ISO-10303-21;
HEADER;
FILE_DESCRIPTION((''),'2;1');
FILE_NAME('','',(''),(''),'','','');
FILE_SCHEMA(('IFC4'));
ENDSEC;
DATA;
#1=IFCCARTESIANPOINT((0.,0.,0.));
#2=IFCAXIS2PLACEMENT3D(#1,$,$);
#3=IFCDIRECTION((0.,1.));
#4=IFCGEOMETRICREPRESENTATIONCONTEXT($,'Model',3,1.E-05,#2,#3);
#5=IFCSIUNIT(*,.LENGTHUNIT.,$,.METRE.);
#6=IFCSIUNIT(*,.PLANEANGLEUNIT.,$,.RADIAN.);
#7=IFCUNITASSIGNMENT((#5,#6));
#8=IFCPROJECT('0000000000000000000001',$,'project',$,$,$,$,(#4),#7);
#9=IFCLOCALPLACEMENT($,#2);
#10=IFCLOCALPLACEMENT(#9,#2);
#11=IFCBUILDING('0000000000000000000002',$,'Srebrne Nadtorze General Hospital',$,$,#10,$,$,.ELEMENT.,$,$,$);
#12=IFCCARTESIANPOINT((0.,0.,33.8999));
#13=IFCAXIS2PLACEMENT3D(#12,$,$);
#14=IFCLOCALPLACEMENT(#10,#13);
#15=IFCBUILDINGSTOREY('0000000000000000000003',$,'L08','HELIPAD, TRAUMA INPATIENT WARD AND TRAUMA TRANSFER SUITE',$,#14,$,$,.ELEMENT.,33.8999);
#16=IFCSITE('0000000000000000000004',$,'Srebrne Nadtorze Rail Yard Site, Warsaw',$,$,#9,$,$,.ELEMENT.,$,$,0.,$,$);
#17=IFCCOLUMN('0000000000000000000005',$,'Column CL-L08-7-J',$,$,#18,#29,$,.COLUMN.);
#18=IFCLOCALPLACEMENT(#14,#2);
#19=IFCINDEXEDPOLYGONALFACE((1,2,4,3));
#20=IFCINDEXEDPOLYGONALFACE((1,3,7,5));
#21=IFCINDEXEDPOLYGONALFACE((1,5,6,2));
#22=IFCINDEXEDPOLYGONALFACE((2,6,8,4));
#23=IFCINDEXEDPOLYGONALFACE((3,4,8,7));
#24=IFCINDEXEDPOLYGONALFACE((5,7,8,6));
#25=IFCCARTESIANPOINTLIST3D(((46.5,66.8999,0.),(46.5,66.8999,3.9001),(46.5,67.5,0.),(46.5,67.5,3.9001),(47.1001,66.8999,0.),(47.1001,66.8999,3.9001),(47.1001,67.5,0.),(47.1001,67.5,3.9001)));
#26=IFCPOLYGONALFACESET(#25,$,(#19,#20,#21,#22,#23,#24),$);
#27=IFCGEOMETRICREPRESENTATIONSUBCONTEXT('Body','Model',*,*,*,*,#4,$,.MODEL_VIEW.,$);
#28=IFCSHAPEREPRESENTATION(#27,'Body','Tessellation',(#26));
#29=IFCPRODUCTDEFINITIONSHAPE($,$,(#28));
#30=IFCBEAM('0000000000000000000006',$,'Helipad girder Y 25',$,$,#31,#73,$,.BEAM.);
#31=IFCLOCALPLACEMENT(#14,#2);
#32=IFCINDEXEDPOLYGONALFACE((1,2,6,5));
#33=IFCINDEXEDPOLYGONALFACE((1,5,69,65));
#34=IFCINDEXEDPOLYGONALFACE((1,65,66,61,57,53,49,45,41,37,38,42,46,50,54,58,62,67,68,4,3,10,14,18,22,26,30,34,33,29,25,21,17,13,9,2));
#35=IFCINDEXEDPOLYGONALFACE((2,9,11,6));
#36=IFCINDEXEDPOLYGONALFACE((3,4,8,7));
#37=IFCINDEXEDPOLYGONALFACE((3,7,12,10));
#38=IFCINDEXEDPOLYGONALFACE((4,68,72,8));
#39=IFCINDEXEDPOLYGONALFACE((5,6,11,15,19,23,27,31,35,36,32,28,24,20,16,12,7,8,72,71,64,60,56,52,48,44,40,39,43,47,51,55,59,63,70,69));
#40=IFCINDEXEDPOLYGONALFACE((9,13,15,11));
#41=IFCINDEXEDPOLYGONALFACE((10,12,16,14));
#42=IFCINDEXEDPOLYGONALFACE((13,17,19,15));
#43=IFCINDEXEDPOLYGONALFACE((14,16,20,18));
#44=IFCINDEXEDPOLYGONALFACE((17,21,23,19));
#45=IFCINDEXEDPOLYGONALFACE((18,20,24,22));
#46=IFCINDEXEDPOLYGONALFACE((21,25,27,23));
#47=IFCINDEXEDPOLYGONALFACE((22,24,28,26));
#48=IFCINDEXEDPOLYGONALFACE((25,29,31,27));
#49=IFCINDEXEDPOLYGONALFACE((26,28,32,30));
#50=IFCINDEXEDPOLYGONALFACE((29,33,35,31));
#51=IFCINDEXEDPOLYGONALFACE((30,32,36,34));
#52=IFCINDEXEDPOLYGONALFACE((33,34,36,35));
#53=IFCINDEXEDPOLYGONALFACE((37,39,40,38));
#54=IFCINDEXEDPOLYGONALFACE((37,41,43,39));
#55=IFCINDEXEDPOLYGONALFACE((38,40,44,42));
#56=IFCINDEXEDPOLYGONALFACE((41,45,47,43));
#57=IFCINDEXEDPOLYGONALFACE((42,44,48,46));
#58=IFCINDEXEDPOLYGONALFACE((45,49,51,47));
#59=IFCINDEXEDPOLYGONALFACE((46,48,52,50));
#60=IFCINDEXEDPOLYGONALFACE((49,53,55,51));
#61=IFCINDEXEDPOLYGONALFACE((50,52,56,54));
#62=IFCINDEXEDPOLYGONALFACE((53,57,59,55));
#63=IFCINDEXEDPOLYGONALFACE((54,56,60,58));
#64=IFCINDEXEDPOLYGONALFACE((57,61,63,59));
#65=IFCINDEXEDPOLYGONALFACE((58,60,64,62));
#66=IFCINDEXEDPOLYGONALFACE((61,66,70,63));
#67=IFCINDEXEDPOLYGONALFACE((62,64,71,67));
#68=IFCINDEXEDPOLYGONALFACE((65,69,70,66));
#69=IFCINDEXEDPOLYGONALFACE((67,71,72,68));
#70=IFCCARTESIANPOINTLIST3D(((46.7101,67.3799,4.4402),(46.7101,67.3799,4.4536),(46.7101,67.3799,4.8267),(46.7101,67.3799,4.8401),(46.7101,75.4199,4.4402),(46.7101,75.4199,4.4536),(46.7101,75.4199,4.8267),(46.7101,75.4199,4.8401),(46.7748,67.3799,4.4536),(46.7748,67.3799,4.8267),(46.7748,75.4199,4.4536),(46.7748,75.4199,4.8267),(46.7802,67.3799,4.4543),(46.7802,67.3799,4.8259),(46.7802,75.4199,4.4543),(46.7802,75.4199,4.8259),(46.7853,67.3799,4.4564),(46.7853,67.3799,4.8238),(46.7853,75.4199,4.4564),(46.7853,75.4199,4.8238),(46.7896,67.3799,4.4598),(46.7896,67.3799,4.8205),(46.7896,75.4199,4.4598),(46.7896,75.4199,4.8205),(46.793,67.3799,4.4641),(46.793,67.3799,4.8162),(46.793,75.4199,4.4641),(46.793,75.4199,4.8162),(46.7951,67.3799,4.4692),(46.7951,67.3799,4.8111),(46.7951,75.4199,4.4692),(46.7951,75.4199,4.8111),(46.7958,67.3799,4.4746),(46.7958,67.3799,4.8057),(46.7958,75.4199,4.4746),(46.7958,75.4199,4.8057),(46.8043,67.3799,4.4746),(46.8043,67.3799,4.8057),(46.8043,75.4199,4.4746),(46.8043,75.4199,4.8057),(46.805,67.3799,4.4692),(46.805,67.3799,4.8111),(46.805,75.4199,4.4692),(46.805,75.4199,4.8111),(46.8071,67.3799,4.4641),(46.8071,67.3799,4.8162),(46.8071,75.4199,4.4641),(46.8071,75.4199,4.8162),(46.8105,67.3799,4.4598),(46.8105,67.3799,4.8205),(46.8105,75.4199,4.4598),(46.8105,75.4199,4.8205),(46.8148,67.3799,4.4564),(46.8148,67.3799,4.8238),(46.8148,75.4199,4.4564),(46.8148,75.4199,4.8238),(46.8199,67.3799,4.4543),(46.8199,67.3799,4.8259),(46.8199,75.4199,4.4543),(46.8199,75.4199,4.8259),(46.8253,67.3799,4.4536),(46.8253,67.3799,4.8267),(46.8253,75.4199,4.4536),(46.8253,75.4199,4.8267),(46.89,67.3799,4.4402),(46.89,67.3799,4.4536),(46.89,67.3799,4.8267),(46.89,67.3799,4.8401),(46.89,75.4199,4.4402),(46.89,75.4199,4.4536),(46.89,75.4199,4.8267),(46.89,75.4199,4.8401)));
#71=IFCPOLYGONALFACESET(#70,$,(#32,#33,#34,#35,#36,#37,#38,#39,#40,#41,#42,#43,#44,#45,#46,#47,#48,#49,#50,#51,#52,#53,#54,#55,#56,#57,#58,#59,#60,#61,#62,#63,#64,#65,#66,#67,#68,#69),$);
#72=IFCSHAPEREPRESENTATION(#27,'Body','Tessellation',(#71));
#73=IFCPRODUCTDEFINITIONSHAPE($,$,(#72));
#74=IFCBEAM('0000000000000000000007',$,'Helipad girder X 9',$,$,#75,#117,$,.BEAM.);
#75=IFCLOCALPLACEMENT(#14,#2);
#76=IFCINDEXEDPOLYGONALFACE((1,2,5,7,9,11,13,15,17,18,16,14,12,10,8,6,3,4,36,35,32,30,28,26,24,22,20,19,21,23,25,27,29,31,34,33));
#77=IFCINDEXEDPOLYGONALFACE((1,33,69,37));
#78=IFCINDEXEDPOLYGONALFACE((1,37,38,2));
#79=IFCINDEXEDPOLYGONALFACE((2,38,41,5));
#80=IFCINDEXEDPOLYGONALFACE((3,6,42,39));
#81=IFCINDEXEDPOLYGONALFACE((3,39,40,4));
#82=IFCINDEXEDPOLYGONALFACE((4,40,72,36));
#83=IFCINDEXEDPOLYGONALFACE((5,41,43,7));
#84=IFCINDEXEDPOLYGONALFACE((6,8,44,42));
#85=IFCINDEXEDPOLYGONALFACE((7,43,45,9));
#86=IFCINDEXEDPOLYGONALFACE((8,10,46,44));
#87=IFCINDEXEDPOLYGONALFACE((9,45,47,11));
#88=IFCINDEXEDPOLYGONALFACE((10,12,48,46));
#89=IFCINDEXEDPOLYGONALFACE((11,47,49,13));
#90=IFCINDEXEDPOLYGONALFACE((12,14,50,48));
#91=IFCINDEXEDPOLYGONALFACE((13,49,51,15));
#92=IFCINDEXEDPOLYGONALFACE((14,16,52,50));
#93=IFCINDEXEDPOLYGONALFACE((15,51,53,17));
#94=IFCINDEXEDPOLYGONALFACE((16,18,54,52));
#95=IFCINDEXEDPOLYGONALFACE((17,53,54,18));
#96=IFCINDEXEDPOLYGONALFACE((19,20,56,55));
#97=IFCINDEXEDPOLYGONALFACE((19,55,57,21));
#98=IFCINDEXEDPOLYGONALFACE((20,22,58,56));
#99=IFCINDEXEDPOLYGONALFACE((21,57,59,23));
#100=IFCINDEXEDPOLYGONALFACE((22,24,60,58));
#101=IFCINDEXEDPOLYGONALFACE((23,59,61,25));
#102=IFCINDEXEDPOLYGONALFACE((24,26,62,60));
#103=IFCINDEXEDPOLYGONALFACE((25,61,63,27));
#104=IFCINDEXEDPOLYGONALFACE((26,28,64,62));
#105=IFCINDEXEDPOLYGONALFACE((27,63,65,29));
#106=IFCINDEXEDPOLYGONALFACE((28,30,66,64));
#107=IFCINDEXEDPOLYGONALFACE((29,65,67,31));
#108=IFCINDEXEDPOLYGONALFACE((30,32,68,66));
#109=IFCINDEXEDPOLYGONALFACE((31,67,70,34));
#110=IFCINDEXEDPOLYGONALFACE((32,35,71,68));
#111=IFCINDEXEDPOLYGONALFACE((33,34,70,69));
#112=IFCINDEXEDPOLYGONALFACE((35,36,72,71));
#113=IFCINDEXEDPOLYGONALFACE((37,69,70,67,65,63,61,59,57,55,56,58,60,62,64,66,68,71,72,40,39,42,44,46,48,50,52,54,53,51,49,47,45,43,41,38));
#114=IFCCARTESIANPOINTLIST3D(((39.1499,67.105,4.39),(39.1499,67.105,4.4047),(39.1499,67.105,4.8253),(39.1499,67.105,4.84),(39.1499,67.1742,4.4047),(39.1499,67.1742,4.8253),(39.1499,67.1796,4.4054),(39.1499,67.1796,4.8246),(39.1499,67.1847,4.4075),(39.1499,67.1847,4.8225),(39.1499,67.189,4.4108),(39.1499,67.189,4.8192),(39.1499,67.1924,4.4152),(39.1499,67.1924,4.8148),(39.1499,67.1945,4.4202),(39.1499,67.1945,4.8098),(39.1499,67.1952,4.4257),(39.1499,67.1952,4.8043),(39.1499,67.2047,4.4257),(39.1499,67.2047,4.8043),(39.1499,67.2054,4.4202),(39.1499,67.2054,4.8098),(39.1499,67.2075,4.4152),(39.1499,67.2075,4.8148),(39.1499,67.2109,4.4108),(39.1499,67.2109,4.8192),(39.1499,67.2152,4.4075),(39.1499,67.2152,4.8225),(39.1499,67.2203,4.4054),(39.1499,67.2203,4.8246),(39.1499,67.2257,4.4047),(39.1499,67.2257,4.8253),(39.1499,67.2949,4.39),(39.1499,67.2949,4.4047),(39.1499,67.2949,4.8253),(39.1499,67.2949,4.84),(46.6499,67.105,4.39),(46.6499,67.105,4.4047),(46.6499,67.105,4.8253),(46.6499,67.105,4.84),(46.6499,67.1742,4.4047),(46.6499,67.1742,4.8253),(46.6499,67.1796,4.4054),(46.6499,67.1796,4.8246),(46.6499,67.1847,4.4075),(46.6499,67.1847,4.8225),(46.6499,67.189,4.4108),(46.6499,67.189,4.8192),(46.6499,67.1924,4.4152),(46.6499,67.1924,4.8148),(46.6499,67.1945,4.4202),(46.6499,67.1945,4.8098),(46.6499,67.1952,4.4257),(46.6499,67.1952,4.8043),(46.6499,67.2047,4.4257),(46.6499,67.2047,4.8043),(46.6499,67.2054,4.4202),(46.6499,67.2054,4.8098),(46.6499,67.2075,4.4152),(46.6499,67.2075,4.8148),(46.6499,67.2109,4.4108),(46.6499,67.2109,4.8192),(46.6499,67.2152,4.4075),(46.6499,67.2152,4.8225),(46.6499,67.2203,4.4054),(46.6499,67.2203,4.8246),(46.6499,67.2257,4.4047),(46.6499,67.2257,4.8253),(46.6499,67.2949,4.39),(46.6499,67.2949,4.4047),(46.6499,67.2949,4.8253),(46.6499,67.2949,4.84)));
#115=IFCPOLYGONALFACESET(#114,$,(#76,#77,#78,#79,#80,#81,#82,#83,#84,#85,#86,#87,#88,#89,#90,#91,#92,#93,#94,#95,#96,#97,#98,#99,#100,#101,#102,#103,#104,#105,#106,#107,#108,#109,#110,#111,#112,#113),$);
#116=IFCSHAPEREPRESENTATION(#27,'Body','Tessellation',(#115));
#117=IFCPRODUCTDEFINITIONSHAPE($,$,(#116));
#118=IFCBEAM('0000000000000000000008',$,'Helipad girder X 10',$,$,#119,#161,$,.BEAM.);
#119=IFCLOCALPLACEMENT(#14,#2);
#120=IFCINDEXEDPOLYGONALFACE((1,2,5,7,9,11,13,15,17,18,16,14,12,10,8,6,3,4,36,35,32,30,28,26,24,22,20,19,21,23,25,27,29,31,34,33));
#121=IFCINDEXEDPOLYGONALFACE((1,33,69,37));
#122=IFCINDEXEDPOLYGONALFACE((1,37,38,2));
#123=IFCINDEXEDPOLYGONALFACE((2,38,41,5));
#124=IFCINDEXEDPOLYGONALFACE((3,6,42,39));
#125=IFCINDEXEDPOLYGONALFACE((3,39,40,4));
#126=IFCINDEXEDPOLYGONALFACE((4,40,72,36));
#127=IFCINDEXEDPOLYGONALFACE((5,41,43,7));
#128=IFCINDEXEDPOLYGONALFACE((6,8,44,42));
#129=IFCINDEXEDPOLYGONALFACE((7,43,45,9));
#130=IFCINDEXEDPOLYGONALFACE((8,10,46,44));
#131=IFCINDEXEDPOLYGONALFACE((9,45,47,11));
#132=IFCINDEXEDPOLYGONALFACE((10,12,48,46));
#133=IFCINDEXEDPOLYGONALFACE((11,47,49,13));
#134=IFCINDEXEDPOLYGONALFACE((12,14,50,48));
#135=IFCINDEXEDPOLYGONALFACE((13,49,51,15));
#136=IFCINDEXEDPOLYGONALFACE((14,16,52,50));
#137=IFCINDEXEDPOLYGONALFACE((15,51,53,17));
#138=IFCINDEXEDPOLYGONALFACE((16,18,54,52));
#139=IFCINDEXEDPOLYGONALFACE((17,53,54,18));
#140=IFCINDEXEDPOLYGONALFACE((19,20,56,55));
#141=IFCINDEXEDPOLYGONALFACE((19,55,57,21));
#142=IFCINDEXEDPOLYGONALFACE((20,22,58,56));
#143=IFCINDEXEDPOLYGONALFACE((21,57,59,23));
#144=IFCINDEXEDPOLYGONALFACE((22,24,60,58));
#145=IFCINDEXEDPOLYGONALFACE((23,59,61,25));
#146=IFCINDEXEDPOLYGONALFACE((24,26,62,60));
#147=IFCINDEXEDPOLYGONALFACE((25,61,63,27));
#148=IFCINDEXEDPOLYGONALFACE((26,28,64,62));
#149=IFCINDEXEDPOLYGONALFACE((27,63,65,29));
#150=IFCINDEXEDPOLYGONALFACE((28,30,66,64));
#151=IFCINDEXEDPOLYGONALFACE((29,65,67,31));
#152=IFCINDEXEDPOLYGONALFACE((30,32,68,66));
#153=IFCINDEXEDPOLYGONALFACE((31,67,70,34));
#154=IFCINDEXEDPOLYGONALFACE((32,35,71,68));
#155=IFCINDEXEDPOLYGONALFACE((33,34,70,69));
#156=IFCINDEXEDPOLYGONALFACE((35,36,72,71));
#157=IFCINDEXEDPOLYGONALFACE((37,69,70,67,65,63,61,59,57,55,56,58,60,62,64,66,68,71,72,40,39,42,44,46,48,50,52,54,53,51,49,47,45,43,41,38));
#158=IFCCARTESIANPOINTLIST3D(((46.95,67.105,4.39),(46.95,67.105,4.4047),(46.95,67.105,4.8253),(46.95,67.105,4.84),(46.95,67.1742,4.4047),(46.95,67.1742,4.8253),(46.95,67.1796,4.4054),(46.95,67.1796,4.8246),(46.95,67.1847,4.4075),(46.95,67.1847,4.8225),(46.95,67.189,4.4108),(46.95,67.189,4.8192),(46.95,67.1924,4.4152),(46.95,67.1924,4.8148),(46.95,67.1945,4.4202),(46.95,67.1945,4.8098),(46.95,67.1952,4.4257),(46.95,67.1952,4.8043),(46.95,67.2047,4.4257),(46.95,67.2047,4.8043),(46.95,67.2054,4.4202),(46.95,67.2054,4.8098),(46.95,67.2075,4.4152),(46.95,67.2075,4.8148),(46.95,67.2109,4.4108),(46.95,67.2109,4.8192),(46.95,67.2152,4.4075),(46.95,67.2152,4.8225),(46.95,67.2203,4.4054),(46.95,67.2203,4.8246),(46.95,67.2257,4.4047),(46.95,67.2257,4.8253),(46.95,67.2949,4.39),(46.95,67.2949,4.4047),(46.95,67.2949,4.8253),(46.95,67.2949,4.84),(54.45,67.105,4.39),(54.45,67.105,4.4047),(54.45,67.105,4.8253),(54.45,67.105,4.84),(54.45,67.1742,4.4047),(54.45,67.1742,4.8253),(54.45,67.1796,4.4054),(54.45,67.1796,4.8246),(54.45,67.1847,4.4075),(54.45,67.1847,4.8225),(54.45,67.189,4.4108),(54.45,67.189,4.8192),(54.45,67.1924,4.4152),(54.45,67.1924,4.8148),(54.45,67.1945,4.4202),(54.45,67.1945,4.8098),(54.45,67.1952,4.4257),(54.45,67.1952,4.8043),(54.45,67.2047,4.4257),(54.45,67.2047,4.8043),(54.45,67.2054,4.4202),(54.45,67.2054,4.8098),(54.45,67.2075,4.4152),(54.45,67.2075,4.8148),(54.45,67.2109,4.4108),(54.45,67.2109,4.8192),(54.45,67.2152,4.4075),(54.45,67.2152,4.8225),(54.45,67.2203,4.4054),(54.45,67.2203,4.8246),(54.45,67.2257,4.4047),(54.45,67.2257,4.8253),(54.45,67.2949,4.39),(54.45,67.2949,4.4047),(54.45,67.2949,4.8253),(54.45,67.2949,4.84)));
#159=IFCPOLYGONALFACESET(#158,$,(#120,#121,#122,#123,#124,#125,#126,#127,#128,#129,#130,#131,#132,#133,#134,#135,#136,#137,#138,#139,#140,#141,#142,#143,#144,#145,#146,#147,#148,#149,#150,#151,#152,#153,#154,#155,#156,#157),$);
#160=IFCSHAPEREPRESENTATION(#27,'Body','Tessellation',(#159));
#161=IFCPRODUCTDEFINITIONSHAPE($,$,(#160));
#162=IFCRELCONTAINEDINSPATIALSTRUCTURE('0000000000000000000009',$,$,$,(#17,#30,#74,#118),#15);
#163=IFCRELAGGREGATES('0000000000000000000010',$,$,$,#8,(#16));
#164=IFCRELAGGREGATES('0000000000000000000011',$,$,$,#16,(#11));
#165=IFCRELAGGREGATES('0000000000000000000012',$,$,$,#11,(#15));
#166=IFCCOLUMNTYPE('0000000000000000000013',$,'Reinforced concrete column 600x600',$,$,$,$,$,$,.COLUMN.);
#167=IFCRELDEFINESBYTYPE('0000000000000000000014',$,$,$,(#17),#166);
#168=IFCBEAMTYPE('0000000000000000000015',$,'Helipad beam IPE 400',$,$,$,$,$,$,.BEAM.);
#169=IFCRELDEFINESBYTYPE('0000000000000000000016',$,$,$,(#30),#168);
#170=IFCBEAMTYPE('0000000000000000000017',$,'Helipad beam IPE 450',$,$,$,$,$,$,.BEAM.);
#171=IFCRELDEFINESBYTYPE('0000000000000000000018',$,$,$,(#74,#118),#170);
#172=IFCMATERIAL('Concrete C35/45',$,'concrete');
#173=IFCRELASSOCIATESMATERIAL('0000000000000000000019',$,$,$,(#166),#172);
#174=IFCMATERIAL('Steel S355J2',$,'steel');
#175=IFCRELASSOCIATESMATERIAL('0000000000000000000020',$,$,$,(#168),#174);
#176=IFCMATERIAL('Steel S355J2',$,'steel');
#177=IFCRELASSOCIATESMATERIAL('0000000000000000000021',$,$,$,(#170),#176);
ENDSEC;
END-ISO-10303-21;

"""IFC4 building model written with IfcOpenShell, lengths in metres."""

from ifc_helpers import new_model, si_unit, direction, frame, origin, origin_2d, place, context, subcontext, project, spatial, rectangle, i_section, extrude, material, material_profile, profile_set, type_object, element, save


model = new_model("IFC4")

# Units and contexts
model_context = context("Model", 3, precision=1e-05, world=origin(), true_north=direction((0.0, 1.0)))
body_context = subcontext(model_context, "Body", "Model", "MODEL_VIEW")
ifc_project = project(units=[si_unit("LENGTHUNIT", "METRE"), si_unit("PLANEANGLEUNIT", "RADIAN")], contexts=[model_context])

# Site, building, storey
site_placement = place(None, origin())
site = spatial("IfcSite", under=ifc_project, at=site_placement, Name="Srebrne Nadtorze Rail Yard Site, Warsaw", CompositionType="ELEMENT", RefElevation=0.0)
building_placement = place(site_placement, origin())
building = spatial("IfcBuilding", under=site, at=building_placement, Name="Srebrne Nadtorze General Hospital", CompositionType="ELEMENT")
storey_placement = place(building_placement, frame((0.0, 0.0, 33.8999)))
storey = spatial("IfcBuildingStorey", under=building, at=storey_placement, Name="L08", Description="HELIPAD, TRAUMA INPATIENT WARD AND TRAUMA TRANSFER SUITE", CompositionType="ELEMENT", Elevation=33.8999)

# Column
ifc_material_1 = material(Name="Concrete C35/45", Category="concrete")
ifc_material_profile_1 = material_profile(ifc_material_1, rectangle(XDim=0.6001, YDim=0.6001, at=origin_2d()), Name="RC-COL-600x600")
ifc_profile_set_1 = profile_set([ifc_material_profile_1], Name="Concrete C35/45")
column_type = type_object("IfcColumnType", Name="Reinforced concrete column 600x600", PredefinedType="COLUMN", material=ifc_profile_set_1)
column_placement = place(storey_placement, frame((46.8, 67.2, 0.0), z_axis=(0.0, 0.0, 1.0), x_axis=(1.0, 0.0, 0.0)))
element("IfcColumn", 1, at=column_placement, inside=storey, type_object=column_type, Name="Column CL-L08-7-J", PredefinedType="COLUMN", context=body_context, shape_type="SweptSolid", body=[
    extrude(rectangle(XDim=0.6001, YDim=0.6001, at=origin_2d()), origin(), (0.0, 0.0, 1.0), 3.9001),
])

# Beams
ifc_material_2 = material(Name="Steel S355J2", Category="steel")
ifc_material_profile_2 = material_profile(ifc_material_2, i_section(OverallWidth=0.1799, OverallDepth=0.3999, WebThickness=0.0085, FlangeThickness=0.0134, FilletRadius=0.021, at=origin_2d()), Name="IPE-400")
ifc_profile_set_2 = profile_set([ifc_material_profile_2], Name="Steel S355J2")
beam_type_1 = type_object("IfcBeamType", Name="Helipad beam IPE 400", PredefinedType="BEAM", material=ifc_profile_set_2)
beam_placement = place(storey_placement, frame((46.8, 67.3799, 4.6401), z_axis=(0.0, 1.0, 0.0), x_axis=(-1.0, 0.0, 0.0)))
element("IfcBeam", 2, at=beam_placement, inside=storey, type_object=beam_type_1, Name="Helipad girder Y 25", PredefinedType="BEAM", context=body_context, shape_type="SweptSolid", body=[
    extrude(i_section(OverallWidth=0.1799, OverallDepth=0.3999, WebThickness=0.0085, FlangeThickness=0.0134, FilletRadius=0.021, at=origin_2d()), origin(), (0.0, 0.0, 1.0), 8.04),
])
ifc_material_3 = material(Name="Steel S355J2", Category="steel")
ifc_material_profile_3 = material_profile(ifc_material_3, i_section(OverallWidth=0.1899, OverallDepth=0.45, WebThickness=0.0095, FlangeThickness=0.0146, FilletRadius=0.021, at=origin_2d()), Name="IPE-450")
ifc_profile_set_3 = profile_set([ifc_material_profile_3], Name="Steel S355J2")
beam_type_2 = type_object("IfcBeamType", Name="Helipad beam IPE 450", PredefinedType="BEAM", material=ifc_profile_set_3)
for number, where, z_axis, x_axis, name in (
    (3, (39.1499, 67.2, 4.615), (1.0, 0.0, 0.0), (0.0, 1.0, 0.0), "Helipad girder X 9"),
    (4, (46.95, 67.2, 4.615), (1.0, 0.0, 0.0), (0.0, 1.0, 0.0), "Helipad girder X 10"),
):
    element("IfcBeam", number, at=place(storey_placement, frame(where, z_axis=z_axis, x_axis=x_axis)), inside=storey, type_object=beam_type_2, Name=name, PredefinedType="BEAM", context=body_context, shape_type="SweptSolid", body=[
        extrude(i_section(OverallWidth=0.1899, OverallDepth=0.45, WebThickness=0.0095, FlangeThickness=0.0146, FilletRadius=0.021, at=origin_2d()), origin(), (0.0, 0.0, 1.0), 7.5),
    ])

save(model, "model.ifc")
